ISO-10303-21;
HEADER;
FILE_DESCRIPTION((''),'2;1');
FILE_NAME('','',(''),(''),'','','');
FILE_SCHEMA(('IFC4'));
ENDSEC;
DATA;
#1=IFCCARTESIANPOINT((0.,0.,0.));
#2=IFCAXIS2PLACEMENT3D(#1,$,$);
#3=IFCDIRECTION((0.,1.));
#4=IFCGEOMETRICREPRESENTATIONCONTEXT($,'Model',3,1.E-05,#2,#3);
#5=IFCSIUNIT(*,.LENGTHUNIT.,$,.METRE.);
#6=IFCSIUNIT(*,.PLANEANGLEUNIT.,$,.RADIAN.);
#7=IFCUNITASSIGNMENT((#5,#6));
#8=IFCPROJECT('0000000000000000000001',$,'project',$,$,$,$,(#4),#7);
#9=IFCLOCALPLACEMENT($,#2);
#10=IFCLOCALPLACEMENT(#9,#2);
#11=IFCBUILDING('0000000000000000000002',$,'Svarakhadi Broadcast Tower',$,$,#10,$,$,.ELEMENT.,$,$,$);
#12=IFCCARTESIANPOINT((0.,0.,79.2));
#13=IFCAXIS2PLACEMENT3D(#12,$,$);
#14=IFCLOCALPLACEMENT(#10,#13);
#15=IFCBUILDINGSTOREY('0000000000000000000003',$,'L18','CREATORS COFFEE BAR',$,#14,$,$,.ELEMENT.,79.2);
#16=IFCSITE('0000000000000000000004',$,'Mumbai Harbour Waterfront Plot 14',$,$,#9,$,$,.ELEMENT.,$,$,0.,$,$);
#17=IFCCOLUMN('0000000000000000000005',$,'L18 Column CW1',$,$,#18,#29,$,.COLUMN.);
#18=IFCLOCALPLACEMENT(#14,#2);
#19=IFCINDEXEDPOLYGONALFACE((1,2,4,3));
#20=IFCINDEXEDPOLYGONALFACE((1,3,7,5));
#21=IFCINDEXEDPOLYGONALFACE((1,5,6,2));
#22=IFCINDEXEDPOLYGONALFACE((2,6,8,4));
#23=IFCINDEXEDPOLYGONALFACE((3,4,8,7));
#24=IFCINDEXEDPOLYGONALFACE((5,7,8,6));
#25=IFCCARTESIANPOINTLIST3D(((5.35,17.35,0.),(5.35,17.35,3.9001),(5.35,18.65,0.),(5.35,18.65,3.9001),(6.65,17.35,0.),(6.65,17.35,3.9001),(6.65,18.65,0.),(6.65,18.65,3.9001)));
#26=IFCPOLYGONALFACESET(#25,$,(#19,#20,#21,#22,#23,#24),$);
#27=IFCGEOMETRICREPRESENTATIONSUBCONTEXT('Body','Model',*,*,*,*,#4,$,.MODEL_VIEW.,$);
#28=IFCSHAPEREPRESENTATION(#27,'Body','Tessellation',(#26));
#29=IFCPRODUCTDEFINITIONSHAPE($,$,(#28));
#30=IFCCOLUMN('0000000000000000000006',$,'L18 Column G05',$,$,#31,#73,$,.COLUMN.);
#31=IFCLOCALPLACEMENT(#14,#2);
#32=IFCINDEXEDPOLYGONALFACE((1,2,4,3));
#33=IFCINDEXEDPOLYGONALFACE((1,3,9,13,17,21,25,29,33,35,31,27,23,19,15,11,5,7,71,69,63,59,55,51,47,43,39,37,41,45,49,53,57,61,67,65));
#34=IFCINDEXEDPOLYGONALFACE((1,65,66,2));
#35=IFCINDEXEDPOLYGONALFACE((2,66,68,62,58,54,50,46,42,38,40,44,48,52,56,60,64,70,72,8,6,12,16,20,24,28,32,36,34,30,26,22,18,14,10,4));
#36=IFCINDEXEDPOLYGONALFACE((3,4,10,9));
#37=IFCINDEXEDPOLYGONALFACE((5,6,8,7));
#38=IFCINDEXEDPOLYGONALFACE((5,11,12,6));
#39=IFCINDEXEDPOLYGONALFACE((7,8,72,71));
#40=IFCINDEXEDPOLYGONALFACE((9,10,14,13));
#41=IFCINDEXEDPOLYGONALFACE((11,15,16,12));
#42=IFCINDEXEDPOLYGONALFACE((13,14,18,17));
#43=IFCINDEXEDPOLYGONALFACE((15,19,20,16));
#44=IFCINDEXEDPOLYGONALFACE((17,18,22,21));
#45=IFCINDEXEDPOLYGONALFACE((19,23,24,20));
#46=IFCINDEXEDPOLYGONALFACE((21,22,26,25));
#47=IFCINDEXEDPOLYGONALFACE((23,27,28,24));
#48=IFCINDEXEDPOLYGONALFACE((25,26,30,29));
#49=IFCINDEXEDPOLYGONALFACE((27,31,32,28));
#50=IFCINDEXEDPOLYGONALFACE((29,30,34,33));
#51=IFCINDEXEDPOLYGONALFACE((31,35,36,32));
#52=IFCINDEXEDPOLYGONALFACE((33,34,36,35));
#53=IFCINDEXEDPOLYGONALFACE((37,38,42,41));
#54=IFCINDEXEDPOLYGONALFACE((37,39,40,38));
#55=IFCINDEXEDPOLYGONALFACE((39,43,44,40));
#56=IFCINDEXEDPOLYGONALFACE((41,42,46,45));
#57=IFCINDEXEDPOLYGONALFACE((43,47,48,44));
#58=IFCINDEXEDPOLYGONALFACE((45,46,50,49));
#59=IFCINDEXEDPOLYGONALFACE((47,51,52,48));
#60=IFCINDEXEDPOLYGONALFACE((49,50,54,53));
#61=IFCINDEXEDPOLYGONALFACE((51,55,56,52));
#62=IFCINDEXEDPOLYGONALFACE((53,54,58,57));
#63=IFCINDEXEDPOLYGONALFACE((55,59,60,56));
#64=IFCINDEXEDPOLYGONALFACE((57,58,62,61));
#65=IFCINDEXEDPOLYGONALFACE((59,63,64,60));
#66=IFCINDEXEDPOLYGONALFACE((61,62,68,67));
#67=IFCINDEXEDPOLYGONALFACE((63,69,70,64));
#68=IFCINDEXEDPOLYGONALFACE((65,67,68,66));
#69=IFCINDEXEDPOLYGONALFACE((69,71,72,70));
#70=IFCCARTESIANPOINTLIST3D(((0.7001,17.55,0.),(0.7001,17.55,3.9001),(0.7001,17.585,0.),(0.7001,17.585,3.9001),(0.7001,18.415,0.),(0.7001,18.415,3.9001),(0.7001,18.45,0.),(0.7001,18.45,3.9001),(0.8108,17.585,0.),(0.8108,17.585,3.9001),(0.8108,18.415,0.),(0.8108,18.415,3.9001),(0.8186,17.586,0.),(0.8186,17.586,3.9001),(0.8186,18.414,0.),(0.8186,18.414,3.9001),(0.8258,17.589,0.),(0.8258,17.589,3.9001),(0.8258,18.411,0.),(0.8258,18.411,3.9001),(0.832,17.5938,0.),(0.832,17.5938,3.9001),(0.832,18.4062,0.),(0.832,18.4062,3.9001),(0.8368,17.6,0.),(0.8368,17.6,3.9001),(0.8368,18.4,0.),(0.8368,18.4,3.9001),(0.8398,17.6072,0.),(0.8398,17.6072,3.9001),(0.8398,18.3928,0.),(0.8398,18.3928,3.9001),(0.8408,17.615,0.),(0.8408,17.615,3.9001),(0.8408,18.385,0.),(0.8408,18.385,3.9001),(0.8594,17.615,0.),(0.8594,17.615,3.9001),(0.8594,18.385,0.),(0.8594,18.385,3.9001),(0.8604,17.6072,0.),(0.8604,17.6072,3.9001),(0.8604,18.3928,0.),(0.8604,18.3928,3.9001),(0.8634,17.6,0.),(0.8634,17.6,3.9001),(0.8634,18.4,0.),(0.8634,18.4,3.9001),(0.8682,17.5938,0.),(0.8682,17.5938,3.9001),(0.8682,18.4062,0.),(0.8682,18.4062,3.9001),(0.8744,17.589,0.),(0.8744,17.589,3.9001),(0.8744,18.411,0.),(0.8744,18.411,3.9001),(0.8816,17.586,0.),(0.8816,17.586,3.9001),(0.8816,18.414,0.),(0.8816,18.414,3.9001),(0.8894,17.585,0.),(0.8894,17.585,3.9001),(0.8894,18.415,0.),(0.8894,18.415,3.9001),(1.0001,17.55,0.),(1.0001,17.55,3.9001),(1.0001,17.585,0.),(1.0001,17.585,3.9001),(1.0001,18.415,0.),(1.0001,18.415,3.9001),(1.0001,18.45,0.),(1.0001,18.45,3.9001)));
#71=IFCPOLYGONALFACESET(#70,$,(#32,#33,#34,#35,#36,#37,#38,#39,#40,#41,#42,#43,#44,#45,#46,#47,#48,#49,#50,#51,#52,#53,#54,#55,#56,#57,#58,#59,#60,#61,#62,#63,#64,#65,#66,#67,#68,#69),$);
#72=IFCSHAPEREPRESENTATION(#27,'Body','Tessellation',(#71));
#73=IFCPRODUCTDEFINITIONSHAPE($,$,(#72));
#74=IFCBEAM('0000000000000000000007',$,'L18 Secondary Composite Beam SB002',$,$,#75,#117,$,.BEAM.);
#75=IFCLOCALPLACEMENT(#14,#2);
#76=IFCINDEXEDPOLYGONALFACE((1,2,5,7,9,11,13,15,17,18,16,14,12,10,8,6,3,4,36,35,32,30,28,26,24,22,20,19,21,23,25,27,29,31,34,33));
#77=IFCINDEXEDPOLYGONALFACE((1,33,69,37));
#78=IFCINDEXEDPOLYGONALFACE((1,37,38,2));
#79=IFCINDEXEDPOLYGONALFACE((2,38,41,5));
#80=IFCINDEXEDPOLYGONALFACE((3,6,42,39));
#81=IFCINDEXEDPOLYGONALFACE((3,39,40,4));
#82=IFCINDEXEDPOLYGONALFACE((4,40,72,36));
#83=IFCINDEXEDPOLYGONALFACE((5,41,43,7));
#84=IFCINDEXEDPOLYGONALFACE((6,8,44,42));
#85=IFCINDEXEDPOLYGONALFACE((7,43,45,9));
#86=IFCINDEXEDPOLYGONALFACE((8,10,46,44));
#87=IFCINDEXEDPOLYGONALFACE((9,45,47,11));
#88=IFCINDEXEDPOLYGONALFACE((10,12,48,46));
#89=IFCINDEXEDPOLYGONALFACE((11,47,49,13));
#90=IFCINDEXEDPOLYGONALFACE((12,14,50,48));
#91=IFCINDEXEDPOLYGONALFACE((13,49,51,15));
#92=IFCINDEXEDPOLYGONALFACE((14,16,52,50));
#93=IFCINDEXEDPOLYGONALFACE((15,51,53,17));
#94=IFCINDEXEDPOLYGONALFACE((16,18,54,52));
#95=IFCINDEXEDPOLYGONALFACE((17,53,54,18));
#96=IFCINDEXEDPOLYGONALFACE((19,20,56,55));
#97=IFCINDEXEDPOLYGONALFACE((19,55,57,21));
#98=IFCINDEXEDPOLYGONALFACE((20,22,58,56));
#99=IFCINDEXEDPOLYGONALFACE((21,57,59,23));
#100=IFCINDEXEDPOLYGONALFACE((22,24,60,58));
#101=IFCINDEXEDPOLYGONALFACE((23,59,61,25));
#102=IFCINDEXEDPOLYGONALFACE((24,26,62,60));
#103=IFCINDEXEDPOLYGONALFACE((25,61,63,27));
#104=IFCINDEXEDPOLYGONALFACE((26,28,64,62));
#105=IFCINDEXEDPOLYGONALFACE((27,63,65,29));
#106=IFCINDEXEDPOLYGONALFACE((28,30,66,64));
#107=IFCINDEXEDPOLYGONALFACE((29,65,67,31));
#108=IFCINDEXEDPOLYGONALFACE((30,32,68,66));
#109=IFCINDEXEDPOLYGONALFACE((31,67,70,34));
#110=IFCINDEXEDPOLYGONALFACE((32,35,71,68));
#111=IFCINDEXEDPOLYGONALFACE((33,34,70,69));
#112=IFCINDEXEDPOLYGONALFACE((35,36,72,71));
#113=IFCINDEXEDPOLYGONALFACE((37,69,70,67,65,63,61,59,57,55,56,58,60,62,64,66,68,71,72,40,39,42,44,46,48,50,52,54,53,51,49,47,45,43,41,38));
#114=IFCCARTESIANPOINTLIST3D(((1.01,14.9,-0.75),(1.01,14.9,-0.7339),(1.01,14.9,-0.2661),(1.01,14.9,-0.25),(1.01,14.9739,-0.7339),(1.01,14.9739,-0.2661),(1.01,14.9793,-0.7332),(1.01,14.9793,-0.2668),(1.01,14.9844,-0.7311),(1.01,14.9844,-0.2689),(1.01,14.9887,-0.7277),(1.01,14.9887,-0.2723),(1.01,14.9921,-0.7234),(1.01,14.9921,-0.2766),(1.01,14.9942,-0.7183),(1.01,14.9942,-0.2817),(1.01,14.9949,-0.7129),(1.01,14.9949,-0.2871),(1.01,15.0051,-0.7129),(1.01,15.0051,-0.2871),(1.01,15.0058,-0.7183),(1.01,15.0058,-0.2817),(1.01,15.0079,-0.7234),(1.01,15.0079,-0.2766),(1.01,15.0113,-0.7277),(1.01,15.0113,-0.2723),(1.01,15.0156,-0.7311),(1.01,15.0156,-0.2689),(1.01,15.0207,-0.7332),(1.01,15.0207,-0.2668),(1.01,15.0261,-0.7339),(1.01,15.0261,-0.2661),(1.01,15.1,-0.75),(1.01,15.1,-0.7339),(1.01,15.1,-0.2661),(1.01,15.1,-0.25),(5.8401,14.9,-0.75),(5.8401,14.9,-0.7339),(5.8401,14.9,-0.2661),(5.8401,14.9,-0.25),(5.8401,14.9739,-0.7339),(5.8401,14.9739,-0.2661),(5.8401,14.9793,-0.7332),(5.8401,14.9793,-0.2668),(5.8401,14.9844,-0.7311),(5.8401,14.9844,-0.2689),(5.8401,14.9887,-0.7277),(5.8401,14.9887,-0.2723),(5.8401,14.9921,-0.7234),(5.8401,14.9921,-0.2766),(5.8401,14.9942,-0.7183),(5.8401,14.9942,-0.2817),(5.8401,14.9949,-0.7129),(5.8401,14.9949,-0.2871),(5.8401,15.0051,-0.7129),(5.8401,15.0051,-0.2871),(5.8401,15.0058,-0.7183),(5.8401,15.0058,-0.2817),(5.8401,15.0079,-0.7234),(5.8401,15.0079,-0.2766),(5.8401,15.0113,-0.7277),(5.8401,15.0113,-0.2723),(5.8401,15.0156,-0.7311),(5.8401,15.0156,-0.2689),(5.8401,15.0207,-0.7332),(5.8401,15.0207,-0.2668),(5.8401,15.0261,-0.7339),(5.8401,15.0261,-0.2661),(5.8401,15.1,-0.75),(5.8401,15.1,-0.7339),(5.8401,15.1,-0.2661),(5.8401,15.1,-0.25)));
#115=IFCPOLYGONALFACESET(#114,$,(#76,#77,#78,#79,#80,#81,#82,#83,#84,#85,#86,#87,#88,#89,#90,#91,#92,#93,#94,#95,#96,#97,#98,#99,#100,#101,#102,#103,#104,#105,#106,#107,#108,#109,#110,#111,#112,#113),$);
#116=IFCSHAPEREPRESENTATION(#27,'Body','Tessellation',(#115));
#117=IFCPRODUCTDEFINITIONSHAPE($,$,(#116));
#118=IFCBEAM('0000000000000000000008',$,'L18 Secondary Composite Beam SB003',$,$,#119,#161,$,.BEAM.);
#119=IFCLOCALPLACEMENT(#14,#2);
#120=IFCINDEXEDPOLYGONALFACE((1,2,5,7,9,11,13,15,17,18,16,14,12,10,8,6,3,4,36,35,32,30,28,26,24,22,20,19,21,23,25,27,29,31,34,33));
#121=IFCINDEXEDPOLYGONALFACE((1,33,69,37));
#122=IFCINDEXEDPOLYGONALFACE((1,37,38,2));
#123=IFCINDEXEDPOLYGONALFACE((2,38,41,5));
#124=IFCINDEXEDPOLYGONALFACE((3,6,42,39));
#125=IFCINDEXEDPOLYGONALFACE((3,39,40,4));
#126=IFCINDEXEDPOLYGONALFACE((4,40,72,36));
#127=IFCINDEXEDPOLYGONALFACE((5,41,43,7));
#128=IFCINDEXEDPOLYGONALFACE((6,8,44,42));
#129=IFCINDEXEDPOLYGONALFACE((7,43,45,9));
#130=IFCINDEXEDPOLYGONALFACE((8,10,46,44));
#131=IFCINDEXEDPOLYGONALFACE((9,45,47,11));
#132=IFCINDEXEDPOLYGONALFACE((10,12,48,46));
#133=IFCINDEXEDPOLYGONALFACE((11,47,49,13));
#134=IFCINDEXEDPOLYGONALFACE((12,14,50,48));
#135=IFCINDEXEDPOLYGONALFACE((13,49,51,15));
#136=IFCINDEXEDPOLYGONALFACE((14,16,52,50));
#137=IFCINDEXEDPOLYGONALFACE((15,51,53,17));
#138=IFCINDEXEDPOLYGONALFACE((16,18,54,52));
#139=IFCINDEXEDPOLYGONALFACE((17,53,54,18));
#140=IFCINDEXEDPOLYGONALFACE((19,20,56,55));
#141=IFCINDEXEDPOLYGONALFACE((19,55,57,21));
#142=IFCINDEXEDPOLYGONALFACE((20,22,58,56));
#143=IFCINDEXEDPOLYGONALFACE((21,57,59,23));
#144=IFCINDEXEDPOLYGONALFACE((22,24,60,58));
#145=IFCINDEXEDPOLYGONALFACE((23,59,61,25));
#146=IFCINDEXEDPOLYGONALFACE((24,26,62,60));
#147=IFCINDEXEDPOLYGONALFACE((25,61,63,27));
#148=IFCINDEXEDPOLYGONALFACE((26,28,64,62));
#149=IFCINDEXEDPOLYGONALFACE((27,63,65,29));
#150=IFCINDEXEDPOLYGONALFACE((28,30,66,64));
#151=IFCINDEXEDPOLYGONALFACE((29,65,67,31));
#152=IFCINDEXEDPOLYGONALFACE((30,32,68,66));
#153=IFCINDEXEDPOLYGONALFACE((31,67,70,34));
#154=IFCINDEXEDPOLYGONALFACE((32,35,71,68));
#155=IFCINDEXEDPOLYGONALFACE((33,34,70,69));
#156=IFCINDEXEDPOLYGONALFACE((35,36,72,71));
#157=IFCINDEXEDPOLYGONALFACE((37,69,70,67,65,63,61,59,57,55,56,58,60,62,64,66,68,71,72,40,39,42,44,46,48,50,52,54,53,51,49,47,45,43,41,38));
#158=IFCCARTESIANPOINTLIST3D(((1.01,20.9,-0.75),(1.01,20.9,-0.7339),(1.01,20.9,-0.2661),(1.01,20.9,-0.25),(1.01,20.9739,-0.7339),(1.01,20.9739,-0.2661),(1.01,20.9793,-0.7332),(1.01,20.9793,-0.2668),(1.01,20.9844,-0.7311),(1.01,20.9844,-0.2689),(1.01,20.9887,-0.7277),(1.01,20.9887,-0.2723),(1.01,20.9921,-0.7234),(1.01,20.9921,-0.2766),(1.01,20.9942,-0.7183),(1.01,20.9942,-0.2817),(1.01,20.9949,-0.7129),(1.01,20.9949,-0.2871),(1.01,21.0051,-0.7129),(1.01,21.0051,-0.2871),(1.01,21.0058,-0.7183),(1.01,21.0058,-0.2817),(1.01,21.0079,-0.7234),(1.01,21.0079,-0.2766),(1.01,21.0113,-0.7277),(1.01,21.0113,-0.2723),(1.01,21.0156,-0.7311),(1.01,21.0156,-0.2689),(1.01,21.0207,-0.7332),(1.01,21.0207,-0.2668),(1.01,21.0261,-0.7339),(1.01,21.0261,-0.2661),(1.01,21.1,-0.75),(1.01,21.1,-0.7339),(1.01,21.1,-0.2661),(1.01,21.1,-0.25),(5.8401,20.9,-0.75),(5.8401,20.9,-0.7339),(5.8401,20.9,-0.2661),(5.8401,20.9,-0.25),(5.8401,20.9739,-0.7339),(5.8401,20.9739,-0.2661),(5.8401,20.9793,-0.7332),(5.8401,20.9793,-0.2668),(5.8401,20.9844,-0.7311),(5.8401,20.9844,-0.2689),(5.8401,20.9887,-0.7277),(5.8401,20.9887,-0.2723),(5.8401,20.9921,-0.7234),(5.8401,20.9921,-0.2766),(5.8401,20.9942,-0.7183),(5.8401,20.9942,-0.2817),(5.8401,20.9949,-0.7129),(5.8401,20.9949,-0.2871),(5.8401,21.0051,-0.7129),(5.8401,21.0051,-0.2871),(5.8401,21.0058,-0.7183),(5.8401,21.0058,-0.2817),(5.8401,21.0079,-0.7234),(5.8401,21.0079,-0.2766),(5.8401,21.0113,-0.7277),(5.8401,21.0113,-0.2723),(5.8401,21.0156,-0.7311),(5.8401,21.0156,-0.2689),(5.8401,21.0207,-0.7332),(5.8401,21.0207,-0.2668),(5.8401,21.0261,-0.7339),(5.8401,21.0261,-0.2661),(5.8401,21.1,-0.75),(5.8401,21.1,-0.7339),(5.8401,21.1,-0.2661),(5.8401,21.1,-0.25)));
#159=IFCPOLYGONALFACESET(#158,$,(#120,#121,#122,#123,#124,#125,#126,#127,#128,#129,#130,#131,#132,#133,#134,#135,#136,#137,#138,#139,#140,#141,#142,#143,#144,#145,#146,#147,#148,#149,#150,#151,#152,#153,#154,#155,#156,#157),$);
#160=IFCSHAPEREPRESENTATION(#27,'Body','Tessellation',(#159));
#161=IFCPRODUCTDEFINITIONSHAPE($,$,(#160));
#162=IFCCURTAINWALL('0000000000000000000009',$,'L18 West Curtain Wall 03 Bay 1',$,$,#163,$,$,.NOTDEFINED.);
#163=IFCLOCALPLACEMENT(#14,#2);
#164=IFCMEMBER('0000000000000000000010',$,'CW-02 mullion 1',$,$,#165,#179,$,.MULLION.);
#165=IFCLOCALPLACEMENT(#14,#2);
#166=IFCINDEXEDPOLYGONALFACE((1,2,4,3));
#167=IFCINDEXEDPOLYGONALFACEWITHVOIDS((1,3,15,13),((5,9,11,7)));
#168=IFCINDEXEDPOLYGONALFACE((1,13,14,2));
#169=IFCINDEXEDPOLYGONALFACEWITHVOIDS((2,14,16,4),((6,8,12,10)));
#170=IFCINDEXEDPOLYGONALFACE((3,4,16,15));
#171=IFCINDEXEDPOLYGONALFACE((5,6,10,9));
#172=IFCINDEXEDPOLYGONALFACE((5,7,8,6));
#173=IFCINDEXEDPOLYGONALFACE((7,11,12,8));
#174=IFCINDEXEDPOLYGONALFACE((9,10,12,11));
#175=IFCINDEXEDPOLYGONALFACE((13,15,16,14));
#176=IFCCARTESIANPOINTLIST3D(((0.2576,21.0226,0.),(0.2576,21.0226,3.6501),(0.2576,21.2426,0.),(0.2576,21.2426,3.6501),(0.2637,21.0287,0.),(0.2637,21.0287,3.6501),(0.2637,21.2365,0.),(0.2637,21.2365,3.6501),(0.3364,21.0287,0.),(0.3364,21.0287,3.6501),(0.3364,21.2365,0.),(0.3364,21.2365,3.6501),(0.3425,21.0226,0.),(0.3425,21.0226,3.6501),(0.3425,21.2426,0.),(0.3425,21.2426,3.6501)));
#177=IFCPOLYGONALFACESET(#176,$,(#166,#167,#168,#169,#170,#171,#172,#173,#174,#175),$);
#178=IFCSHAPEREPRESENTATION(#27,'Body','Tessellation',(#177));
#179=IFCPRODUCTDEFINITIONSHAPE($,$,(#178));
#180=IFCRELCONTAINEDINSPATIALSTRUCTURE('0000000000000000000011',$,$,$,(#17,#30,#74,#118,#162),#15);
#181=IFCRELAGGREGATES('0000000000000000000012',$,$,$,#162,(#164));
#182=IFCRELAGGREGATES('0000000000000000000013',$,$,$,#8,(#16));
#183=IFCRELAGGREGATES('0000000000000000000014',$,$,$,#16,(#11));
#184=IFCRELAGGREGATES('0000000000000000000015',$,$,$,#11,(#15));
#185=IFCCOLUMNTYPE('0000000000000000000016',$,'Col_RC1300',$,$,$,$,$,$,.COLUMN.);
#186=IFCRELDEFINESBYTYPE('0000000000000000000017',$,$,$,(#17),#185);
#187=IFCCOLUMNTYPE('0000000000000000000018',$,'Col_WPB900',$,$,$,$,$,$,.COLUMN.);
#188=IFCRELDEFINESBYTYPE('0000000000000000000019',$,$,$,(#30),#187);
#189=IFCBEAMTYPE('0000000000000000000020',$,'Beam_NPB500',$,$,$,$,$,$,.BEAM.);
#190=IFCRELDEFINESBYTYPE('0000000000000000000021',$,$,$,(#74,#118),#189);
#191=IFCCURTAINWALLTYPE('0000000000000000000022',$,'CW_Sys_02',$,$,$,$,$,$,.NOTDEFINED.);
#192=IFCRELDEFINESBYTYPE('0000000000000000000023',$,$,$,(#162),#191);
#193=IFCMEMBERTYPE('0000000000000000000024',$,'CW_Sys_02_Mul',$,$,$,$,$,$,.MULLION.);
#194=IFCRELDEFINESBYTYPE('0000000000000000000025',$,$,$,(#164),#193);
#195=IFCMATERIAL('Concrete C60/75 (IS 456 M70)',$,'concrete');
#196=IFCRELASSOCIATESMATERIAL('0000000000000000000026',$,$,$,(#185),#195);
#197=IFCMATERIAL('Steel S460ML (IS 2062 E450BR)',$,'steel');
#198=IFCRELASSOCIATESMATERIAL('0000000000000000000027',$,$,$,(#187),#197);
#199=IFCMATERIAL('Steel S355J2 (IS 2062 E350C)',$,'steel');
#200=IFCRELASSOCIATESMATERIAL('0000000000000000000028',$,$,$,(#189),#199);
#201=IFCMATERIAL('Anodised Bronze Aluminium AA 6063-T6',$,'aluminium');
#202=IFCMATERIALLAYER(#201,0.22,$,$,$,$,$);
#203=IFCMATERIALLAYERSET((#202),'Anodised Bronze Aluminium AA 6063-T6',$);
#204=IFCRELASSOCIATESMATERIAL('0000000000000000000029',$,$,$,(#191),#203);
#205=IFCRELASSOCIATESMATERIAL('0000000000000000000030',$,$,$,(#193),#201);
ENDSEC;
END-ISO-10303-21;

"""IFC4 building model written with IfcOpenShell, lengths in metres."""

from ifc_helpers import new_model, si_unit, direction, frame, origin, origin_2d, place, context, subcontext, project, spatial, rectangle, hollow_rectangle, i_section, extrude, material, layer, layer_set, material_profile, profile_set, type_object, element, aggregate, save


model = new_model("IFC4")

# Units and contexts
model_context = context("Model", 3, precision=1e-05, world=origin(), true_north=direction((0.0, 1.0)))
body_context = subcontext(model_context, "Body", "Model", "MODEL_VIEW")
ifc_project = project(units=[si_unit("LENGTHUNIT", "METRE"), si_unit("PLANEANGLEUNIT", "RADIAN")], contexts=[model_context])

# Site, building, storey
site_placement = place(None, origin())
site = spatial("IfcSite", under=ifc_project, at=site_placement, Name="Mumbai Harbour Waterfront Plot 14", CompositionType="ELEMENT", RefElevation=0.0)
building_placement = place(site_placement, origin())
building = spatial("IfcBuilding", under=site, at=building_placement, Name="Svarakhadi Broadcast Tower", CompositionType="ELEMENT")
storey_placement = place(building_placement, frame((0.0, 0.0, 79.2)))
storey = spatial("IfcBuildingStorey", under=building, at=storey_placement, Name="L18", Description="CREATORS COFFEE BAR", CompositionType="ELEMENT", Elevation=79.2)

# Columns
ifc_material_1 = material(Name="Concrete C60/75 (IS 456 M70)", Category="concrete")
ifc_material_profile_1 = material_profile(ifc_material_1, rectangle(XDim=1.3, YDim=1.3, at=origin_2d()), Name="RC 1300x1300")
ifc_profile_set_1 = profile_set([ifc_material_profile_1], Name="Concrete C60/75 (IS 456 M70)")
column_type_1 = type_object("IfcColumnType", Name="Col_RC1300", PredefinedType="COLUMN", material=ifc_profile_set_1)
column_1_placement = place(storey_placement, frame((6.0, 18.0, 0.0), z_axis=(0.0, 0.0, 1.0), x_axis=(1.0, 0.0, 0.0)))
element("IfcColumn", 1, at=column_1_placement, inside=storey, type_object=column_type_1, Name="L18 Column CW1", PredefinedType="COLUMN", context=body_context, shape_type="SweptSolid", body=[
    extrude(rectangle(XDim=1.3, YDim=1.3, at=origin_2d()), origin(), (0.0, 0.0, 1.0), 3.9001),
])
ifc_material_2 = material(Name="Steel S460ML (IS 2062 E450BR)", Category="steel")
ifc_material_profile_2 = material_profile(ifc_material_2, i_section(OverallWidth=0.3, OverallDepth=0.8999, WebThickness=0.0186, FlangeThickness=0.0349, FilletRadius=0.03, at=origin_2d()), Name="WPB 900x300x291")
ifc_profile_set_2 = profile_set([ifc_material_profile_2], Name="Steel S460ML (IS 2062 E450BR)")
column_type_2 = type_object("IfcColumnType", Name="Col_WPB900", PredefinedType="COLUMN", material=ifc_profile_set_2)
column_2_placement = place(storey_placement, frame((0.8501, 18.0, 0.0), z_axis=(0.0, 0.0, 1.0), x_axis=(1.0, 0.0, 0.0)))
element("IfcColumn", 2, at=column_2_placement, inside=storey, type_object=column_type_2, Name="L18 Column G05", PredefinedType="COLUMN", context=body_context, shape_type="SweptSolid", body=[
    extrude(i_section(OverallWidth=0.3, OverallDepth=0.8999, WebThickness=0.0186, FlangeThickness=0.0349, FilletRadius=0.03, at=origin_2d()), origin(), (0.0, 0.0, 1.0), 3.9001),
])

# Beams
ifc_material_3 = material(Name="Steel S355J2 (IS 2062 E350C)", Category="steel")
ifc_material_profile_3 = material_profile(ifc_material_3, i_section(OverallWidth=0.2, OverallDepth=0.5, WebThickness=0.0103, FlangeThickness=0.0161, FilletRadius=0.021, at=origin_2d()), Name="NPB 500x200x91")
ifc_profile_set_3 = profile_set([ifc_material_profile_3], Name="Steel S355J2 (IS 2062 E350C)")
beam_type_1 = type_object("IfcBeamType", Name="Beam_NPB500", PredefinedType="BEAM", material=ifc_profile_set_3)
for number, where, z_axis, x_axis, name in (
    (3, (1.01, 15.0, -0.5), (1.0, 0.0, 0.0), (0.0, 1.0, 0.0), "L18 Secondary Composite Beam SB002"),
    (4, (1.01, 21.0, -0.5), (1.0, 0.0, 0.0), (0.0, 1.0, 0.0), "L18 Secondary Composite Beam SB003"),
):
    element("IfcBeam", number, at=place(storey_placement, frame(where, z_axis=z_axis, x_axis=x_axis)), inside=storey, type_object=beam_type_1, Name=name, PredefinedType="BEAM", context=body_context, shape_type="SweptSolid", body=[
        extrude(i_section(OverallWidth=0.2, OverallDepth=0.5, WebThickness=0.0103, FlangeThickness=0.0161, FilletRadius=0.021, at=origin_2d()), origin(), (0.0, 0.0, 1.0), 4.8301),
    ])

# Curtain wall, member
ifc_material_4 = material(Name="Anodised Bronze Aluminium AA 6063-T6", Category="aluminium")
ifc_layer_1 = layer(ifc_material_4, 0.22)
ifc_layer_set_1 = layer_set([ifc_layer_1], Name="Anodised Bronze Aluminium AA 6063-T6")
curtain_wall_type = type_object("IfcCurtainWallType", Name="CW_Sys_02", PredefinedType="NOTDEFINED", material=ifc_layer_set_1)
curtain_wall_placement = place(storey_placement, origin())
curtain_wall = element("IfcCurtainWall", 5, at=curtain_wall_placement, inside=storey, type_object=curtain_wall_type, Name="L18 West Curtain Wall 03 Bay 1", PredefinedType="NOTDEFINED")
ifc_material_profile_4 = material_profile(ifc_material_4, hollow_rectangle(XDim=0.085, YDim=0.22, WallThickness=0.0061, at=origin_2d()), Name="ALU MULLION 220x85x6")
ifc_profile_set_4 = profile_set([ifc_material_profile_4], Name="Anodised Bronze Aluminium AA 6063-T6")
member_type_1 = type_object("IfcMemberType", Name="CW_Sys_02_Mul", PredefinedType="MULLION", material=ifc_profile_set_4)
member_1_placement = place(storey_placement, frame((0.3, 21.1326, 0.0), z_axis=(0.0, 0.0, 1.0), x_axis=(-1.0, 0.0, 0.0)))
member_1 = element("IfcMember", 6, at=member_1_placement, type_object=member_type_1, Name="CW-02 mullion 1", PredefinedType="MULLION", context=body_context, shape_type="SweptSolid", body=[
    extrude(hollow_rectangle(XDim=0.085, YDim=0.22, WallThickness=0.0061, at=origin_2d()), origin(), (0.0, 0.0, 1.0), 3.6501),
])

aggregate(curtain_wall, [member_1])

save(model, "model.ifc")
